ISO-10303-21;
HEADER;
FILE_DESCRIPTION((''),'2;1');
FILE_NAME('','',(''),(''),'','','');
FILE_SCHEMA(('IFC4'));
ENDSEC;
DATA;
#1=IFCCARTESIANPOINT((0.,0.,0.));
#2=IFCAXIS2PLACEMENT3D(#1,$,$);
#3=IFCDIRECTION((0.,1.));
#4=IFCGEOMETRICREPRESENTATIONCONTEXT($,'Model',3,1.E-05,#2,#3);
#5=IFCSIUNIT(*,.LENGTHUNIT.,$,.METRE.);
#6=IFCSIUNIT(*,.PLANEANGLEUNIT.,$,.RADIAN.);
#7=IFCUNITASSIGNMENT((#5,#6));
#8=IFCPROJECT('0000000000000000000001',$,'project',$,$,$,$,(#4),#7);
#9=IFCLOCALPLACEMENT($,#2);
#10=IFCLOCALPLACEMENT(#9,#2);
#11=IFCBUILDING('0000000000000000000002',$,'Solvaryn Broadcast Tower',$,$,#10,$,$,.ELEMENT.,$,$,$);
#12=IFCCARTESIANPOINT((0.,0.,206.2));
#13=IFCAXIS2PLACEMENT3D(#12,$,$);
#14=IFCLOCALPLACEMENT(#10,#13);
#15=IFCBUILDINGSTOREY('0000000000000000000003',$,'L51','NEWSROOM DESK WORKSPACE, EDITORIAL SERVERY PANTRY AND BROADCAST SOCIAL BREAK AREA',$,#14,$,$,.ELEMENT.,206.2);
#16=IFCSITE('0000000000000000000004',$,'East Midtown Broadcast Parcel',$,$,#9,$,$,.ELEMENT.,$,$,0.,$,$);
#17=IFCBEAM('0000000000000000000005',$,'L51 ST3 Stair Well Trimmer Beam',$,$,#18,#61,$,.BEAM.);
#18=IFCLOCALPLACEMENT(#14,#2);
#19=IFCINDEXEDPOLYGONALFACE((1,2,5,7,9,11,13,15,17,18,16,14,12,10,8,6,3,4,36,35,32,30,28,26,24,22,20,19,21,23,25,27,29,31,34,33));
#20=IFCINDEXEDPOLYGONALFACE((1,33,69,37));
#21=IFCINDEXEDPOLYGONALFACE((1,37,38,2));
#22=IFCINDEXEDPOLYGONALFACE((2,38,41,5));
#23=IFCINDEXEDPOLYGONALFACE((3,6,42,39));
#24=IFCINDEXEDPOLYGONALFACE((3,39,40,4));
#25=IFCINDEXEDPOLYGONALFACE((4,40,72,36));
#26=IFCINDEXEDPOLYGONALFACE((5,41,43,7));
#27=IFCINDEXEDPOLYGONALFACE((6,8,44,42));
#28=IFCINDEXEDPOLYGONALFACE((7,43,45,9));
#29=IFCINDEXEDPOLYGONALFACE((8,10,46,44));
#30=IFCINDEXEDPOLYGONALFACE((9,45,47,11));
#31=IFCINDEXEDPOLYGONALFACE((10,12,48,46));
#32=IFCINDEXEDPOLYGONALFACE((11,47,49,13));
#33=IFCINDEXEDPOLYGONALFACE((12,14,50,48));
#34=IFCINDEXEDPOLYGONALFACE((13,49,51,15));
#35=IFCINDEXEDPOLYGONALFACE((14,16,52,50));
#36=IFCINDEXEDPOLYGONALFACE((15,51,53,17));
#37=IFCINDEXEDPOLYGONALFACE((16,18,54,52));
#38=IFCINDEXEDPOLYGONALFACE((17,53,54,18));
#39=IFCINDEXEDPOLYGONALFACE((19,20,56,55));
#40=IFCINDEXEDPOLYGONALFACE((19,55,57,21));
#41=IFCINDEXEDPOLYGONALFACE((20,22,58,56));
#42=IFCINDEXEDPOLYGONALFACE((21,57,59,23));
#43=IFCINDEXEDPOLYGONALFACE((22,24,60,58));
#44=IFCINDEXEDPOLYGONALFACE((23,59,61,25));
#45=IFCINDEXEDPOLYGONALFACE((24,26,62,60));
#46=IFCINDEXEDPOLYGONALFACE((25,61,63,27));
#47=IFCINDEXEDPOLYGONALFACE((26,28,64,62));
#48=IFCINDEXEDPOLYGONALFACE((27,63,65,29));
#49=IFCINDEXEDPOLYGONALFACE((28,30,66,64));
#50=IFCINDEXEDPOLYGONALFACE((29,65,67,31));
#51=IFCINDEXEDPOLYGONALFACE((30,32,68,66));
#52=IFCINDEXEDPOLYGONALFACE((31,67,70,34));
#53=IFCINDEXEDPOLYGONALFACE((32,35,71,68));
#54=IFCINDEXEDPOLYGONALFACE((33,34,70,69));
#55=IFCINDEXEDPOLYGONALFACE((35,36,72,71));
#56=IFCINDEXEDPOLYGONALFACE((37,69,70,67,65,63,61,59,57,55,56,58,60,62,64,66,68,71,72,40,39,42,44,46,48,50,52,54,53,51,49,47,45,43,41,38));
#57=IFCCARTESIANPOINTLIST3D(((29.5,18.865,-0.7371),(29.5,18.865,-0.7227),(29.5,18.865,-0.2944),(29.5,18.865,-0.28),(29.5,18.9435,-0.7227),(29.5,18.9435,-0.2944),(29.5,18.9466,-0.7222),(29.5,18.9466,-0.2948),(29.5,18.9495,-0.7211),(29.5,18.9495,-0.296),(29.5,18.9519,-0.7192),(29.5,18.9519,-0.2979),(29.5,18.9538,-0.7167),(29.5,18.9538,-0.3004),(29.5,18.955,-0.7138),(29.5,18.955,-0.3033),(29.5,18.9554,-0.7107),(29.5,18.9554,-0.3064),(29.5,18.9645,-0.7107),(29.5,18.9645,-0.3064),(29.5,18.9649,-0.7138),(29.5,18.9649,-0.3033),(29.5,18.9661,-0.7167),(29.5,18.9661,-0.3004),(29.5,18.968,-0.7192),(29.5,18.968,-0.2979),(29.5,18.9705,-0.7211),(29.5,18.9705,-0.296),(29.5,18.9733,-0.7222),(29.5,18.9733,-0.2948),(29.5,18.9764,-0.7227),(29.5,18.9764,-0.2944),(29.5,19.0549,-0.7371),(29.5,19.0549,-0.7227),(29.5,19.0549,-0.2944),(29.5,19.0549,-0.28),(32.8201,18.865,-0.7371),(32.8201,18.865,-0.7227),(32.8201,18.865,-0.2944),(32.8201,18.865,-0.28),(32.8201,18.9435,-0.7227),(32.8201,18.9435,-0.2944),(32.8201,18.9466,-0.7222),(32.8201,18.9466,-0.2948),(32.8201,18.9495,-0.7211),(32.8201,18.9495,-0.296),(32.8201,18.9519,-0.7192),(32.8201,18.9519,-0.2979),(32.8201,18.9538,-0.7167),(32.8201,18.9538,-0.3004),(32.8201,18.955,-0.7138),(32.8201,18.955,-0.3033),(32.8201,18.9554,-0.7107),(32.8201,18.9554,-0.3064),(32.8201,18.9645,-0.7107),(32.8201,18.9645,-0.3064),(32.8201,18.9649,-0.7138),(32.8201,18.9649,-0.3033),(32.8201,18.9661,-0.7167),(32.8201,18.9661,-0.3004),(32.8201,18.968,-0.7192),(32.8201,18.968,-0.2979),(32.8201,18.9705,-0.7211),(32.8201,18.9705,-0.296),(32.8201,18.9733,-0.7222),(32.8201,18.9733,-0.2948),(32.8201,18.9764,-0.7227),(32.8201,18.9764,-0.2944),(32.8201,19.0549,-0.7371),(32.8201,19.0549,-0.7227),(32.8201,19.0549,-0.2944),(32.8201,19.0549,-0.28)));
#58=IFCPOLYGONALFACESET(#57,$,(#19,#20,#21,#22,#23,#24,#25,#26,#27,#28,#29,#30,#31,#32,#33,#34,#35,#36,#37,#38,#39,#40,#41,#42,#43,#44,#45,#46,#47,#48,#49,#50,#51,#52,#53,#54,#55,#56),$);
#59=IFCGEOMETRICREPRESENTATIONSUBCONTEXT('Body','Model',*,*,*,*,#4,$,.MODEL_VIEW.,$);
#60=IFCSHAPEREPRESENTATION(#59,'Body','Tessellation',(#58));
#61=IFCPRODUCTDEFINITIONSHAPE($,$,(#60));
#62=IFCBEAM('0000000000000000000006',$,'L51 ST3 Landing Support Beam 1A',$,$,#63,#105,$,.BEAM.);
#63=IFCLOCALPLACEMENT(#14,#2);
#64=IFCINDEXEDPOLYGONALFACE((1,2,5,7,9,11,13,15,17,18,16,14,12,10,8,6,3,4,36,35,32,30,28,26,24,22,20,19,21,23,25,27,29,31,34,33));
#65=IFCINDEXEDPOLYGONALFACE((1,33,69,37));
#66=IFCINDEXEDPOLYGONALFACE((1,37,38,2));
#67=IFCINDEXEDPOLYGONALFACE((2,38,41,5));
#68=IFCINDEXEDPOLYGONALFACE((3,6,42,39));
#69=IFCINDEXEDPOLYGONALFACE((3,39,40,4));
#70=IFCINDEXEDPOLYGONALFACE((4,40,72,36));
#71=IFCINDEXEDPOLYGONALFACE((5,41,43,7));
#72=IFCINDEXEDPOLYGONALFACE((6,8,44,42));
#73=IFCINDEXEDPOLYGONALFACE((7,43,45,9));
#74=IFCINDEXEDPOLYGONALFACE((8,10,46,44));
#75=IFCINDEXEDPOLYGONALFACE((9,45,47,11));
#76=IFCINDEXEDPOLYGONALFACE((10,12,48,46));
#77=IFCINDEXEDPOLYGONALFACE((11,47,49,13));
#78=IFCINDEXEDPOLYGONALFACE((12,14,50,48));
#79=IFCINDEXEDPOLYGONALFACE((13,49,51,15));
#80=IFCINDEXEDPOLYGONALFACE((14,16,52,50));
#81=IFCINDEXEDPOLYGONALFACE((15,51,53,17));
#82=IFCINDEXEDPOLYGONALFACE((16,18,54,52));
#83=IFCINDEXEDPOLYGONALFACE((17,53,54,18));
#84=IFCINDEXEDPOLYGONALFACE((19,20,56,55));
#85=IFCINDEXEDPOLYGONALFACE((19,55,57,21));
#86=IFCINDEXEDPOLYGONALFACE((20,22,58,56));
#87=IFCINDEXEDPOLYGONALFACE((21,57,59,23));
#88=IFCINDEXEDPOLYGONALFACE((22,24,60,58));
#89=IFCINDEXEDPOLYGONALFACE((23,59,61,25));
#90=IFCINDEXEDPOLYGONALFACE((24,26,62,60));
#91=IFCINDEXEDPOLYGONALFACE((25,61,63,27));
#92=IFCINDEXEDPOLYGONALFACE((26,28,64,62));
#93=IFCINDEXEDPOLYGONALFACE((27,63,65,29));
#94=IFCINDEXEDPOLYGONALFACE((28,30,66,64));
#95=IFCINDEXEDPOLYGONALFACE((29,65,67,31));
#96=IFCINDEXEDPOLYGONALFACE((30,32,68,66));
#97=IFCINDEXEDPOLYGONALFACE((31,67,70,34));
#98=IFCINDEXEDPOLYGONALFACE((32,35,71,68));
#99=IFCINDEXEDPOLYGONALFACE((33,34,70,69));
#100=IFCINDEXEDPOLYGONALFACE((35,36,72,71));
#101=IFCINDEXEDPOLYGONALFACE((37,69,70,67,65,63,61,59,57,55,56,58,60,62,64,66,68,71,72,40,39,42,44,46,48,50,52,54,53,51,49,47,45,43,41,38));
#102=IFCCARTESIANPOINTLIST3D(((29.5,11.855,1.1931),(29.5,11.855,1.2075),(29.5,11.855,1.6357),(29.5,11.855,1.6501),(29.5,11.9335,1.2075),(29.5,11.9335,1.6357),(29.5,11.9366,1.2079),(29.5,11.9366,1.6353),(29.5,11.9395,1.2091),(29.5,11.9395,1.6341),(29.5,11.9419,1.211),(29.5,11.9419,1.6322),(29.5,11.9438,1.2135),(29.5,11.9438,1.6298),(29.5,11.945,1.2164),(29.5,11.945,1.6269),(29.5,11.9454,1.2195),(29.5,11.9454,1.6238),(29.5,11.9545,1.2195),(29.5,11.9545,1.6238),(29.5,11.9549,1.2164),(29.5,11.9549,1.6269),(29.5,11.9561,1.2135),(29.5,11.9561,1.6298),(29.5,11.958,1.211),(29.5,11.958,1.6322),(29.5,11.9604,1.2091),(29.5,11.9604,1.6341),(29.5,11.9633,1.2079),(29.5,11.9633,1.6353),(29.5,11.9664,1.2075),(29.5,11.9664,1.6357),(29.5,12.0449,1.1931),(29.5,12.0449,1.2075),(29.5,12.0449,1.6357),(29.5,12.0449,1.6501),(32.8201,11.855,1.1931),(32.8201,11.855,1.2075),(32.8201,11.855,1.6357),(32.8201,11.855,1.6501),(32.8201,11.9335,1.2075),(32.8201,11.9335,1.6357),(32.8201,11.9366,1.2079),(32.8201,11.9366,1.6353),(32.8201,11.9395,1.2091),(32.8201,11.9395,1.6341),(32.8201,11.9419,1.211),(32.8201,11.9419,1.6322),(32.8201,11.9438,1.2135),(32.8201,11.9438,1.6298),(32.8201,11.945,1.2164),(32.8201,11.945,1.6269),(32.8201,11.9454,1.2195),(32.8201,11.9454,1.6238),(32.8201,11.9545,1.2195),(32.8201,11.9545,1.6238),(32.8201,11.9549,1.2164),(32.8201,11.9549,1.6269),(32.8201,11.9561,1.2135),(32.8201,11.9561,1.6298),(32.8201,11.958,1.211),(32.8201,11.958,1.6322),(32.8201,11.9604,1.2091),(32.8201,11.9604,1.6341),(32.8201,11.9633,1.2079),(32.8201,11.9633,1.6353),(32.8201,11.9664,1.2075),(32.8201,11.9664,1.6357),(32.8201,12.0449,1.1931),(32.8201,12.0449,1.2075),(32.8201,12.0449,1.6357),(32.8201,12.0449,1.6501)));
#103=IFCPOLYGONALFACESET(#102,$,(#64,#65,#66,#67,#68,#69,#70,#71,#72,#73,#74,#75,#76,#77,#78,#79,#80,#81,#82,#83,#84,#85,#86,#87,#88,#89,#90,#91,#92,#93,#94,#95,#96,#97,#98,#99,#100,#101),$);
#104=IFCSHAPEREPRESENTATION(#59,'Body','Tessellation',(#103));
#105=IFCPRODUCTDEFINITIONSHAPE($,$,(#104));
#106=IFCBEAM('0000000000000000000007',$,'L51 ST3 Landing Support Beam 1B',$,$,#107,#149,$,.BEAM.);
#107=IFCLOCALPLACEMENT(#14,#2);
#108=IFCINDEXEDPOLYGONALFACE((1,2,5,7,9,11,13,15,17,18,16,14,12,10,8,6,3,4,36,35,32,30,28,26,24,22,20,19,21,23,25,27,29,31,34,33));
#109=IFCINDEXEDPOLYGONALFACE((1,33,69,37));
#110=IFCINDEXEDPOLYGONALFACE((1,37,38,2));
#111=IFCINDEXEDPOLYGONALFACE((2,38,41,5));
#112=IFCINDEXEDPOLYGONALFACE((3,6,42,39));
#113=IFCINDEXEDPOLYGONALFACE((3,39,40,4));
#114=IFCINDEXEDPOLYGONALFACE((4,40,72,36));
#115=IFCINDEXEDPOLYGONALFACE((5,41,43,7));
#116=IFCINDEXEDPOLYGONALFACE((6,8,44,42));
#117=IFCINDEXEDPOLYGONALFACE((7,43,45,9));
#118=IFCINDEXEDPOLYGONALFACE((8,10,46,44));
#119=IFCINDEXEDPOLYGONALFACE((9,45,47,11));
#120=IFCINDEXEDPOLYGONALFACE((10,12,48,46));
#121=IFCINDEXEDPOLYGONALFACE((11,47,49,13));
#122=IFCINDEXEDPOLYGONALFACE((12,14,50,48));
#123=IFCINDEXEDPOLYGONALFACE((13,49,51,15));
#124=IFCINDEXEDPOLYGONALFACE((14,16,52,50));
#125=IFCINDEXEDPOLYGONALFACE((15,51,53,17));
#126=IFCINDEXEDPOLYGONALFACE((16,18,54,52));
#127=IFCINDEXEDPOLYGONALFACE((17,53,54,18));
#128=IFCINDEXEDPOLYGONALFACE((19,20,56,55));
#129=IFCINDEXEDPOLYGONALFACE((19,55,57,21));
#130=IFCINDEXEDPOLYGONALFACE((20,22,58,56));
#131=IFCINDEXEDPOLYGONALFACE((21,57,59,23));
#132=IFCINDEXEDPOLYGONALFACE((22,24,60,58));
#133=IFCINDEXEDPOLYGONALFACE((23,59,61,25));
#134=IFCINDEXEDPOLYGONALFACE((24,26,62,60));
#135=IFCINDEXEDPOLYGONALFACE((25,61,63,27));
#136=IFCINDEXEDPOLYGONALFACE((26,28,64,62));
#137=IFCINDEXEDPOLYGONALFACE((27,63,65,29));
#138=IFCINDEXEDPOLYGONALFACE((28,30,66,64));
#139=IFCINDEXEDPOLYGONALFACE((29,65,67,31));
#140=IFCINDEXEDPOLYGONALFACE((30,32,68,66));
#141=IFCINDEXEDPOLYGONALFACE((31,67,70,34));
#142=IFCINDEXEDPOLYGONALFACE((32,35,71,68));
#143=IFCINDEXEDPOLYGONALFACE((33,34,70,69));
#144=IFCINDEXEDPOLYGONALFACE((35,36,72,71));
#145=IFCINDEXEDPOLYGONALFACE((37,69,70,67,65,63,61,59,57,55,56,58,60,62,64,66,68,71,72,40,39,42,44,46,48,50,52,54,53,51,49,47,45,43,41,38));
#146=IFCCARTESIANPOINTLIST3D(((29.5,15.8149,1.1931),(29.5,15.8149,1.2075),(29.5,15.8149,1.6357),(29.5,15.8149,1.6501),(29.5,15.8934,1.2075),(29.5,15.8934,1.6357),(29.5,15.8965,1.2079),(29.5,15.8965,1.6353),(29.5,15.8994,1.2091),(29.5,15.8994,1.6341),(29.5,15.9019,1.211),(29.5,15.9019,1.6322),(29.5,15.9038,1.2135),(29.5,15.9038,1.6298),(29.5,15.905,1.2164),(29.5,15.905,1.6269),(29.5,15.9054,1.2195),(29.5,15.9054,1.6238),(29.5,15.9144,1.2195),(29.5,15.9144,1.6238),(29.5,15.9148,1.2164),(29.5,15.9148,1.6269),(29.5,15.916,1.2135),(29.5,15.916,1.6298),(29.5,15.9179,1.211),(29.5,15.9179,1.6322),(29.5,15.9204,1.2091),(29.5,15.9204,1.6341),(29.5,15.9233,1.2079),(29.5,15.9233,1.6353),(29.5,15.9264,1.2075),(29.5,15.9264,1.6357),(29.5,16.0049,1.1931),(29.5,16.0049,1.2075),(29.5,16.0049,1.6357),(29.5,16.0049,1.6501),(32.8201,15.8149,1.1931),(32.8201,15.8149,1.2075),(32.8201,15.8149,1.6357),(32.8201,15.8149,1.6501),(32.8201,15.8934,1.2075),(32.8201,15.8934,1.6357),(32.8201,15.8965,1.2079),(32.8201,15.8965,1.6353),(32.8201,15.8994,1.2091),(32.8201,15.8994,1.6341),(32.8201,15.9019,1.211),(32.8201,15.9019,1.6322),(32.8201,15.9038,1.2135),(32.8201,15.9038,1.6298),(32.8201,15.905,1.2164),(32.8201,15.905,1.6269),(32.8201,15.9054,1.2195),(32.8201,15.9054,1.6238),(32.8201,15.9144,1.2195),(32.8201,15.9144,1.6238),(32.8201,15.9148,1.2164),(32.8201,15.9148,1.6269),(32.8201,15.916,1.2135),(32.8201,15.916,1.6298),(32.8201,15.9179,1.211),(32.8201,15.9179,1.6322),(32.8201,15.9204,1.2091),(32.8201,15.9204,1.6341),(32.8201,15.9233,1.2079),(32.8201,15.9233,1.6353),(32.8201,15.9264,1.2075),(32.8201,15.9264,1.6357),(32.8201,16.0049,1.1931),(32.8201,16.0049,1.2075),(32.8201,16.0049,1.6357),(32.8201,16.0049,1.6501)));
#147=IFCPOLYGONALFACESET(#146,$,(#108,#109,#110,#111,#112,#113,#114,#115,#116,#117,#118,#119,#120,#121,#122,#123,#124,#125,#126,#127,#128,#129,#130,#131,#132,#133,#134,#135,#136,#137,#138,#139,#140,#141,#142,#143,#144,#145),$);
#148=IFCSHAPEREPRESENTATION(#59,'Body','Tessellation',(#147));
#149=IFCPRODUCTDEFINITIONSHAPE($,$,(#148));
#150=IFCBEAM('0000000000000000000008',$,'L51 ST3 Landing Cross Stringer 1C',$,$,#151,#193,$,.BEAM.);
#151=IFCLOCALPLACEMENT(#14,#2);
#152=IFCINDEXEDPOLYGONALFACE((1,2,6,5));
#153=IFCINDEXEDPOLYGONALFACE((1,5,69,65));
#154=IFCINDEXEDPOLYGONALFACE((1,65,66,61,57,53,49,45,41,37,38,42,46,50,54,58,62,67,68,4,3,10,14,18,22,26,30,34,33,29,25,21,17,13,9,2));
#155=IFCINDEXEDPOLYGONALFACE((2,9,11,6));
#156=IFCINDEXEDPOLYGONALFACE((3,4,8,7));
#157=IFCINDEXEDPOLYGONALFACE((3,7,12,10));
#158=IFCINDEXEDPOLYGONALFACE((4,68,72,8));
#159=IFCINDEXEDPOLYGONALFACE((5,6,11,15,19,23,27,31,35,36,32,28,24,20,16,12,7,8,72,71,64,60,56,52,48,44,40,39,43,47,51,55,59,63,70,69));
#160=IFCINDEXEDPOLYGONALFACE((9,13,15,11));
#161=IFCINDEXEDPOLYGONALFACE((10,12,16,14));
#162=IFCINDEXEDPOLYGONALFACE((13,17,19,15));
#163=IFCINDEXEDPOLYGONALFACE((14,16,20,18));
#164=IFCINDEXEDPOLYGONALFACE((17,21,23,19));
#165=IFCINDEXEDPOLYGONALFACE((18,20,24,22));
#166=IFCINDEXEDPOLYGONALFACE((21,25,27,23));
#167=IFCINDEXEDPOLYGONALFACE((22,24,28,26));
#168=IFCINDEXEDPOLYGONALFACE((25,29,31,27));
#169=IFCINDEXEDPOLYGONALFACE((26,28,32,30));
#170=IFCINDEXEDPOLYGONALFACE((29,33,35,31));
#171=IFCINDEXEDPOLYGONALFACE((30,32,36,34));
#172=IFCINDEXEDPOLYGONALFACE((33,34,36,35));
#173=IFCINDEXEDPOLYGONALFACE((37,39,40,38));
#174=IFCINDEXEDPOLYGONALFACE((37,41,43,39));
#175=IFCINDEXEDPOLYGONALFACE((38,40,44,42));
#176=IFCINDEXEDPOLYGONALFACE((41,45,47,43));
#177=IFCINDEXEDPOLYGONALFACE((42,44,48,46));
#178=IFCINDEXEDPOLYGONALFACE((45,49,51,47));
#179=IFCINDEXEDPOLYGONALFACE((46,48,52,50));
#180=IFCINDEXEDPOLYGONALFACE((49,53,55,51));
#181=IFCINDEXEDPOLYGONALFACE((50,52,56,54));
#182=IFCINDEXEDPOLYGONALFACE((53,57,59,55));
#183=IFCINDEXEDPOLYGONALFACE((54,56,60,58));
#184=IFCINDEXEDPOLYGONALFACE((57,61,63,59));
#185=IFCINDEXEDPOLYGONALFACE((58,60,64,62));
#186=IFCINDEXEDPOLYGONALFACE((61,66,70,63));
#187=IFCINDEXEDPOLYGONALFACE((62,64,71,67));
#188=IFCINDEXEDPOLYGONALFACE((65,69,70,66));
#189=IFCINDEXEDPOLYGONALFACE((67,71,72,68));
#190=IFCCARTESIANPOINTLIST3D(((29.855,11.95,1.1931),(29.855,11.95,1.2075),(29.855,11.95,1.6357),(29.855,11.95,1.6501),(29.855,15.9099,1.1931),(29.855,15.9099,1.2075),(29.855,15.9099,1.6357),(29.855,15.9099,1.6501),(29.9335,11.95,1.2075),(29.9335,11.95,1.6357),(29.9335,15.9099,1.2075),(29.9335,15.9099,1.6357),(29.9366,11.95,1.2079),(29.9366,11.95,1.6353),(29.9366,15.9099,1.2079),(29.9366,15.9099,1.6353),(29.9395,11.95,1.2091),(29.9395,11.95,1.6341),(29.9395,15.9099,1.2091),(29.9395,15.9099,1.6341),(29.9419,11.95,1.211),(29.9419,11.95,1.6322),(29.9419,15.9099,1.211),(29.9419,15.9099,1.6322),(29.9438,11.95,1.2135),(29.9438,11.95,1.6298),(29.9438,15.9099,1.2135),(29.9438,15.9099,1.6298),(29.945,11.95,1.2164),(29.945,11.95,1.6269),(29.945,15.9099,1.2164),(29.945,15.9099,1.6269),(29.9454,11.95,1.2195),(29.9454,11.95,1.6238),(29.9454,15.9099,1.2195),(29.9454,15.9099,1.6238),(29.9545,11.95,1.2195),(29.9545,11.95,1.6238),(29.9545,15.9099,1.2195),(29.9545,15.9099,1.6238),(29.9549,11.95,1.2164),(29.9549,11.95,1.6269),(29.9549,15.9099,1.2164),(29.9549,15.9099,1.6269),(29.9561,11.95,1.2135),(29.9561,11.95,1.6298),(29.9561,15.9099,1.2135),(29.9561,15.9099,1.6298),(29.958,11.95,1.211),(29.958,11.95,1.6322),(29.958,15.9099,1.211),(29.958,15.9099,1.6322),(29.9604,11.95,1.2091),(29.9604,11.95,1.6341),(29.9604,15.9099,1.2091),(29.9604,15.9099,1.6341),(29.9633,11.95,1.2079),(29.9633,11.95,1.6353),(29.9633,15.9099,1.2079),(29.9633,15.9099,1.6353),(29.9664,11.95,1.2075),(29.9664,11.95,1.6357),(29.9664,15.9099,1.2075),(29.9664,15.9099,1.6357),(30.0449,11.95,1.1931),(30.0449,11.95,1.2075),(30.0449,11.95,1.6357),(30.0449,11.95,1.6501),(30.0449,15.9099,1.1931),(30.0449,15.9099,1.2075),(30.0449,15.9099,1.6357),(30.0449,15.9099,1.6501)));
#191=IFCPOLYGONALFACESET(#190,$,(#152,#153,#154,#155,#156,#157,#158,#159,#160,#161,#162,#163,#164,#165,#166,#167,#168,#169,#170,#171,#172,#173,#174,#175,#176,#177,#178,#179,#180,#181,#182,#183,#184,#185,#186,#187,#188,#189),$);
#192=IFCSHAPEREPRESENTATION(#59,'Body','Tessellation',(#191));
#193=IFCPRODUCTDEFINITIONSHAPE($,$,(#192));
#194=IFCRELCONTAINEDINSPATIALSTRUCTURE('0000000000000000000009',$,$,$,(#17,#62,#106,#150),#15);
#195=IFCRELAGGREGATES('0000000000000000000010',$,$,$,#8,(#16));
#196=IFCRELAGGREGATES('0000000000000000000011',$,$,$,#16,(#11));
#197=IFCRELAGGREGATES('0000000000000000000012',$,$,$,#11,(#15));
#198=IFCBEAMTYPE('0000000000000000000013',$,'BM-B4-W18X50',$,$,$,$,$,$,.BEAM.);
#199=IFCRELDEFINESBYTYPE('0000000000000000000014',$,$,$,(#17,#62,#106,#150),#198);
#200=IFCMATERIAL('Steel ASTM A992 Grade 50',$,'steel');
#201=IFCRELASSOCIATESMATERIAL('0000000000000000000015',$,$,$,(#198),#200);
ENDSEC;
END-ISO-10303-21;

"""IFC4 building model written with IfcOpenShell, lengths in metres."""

from ifc_helpers import new_model, si_unit, direction, frame, origin, origin_2d, place, context, subcontext, project, spatial, i_section, extrude, material, material_profile, profile_set, type_object, element, save


model = new_model("IFC4")

# Units and contexts
model_context = context("Model", 3, precision=1e-05, world=origin(), true_north=direction((0.0, 1.0)))
body_context = subcontext(model_context, "Body", "Model", "MODEL_VIEW")
ifc_project = project(units=[si_unit("LENGTHUNIT", "METRE"), si_unit("PLANEANGLEUNIT", "RADIAN")], contexts=[model_context])

# Site, building, storey
site_placement = place(None, origin())
site = spatial("IfcSite", under=ifc_project, at=site_placement, Name="East Midtown Broadcast Parcel", CompositionType="ELEMENT", RefElevation=0.0)
building_placement = place(site_placement, origin())
building = spatial("IfcBuilding", under=site, at=building_placement, Name="Solvaryn Broadcast Tower", CompositionType="ELEMENT")
storey_placement = place(building_placement, frame((0.0, 0.0, 206.2)))
storey = spatial("IfcBuildingStorey", under=building, at=storey_placement, Name="L51", Description="NEWSROOM DESK WORKSPACE, EDITORIAL SERVERY PANTRY AND BROADCAST SOCIAL BREAK AREA", CompositionType="ELEMENT", Elevation=206.2)

# Beams
ifc_material_1 = material(Name="Steel ASTM A992 Grade 50", Category="steel")
ifc_material_profile_1 = material_profile(ifc_material_1, i_section(OverallWidth=0.1899, OverallDepth=0.457, WebThickness=0.009, FlangeThickness=0.0144, FilletRadius=0.012, at=origin_2d()))
ifc_profile_set_1 = profile_set([ifc_material_profile_1], Name="Steel ASTM A992 Grade 50")
beam_type_1 = type_object("IfcBeamType", Name="BM-B4-W18X50", PredefinedType="BEAM", material=ifc_profile_set_1)
for number, where, z_axis, x_axis, name in (
    (1, (29.5, 18.96, -0.5085), (1.0, 0.0, 0.0), (0.0, 1.0, 0.0), "L51 ST3 Stair Well Trimmer Beam"),
    (2, (29.5, 11.95, 1.4216), (1.0, 0.0, 0.0), (0.0, 1.0, 0.0), "L51 ST3 Landing Support Beam 1A"),
    (3, (29.5, 15.9099, 1.4216), (1.0, 0.0, 0.0), (0.0, 1.0, 0.0), "L51 ST3 Landing Support Beam 1B"),
):
    element("IfcBeam", number, at=place(storey_placement, frame(where, z_axis=z_axis, x_axis=x_axis)), inside=storey, type_object=beam_type_1, Name=name, PredefinedType="BEAM", context=body_context, shape_type="SweptSolid", body=[
        extrude(i_section(OverallWidth=0.1899, OverallDepth=0.457, WebThickness=0.009, FlangeThickness=0.0144, FilletRadius=0.012, at=origin_2d()), origin(), (0.0, 0.0, 1.0), 3.3201),
    ])
beam_1_placement = place(storey_placement, frame((29.95, 11.95, 1.4216), z_axis=(0.0, 1.0, 0.0), x_axis=(-1.0, 0.0, 0.0)))
element("IfcBeam", 4, at=beam_1_placement, inside=storey, type_object=beam_type_1, Name="L51 ST3 Landing Cross Stringer 1C", PredefinedType="BEAM", context=body_context, shape_type="SweptSolid", body=[
    extrude(i_section(OverallWidth=0.1899, OverallDepth=0.457, WebThickness=0.009, FlangeThickness=0.0144, FilletRadius=0.012, at=origin_2d()), origin(), (0.0, 0.0, 1.0), 3.96),
])

save(model, "model.ifc")
